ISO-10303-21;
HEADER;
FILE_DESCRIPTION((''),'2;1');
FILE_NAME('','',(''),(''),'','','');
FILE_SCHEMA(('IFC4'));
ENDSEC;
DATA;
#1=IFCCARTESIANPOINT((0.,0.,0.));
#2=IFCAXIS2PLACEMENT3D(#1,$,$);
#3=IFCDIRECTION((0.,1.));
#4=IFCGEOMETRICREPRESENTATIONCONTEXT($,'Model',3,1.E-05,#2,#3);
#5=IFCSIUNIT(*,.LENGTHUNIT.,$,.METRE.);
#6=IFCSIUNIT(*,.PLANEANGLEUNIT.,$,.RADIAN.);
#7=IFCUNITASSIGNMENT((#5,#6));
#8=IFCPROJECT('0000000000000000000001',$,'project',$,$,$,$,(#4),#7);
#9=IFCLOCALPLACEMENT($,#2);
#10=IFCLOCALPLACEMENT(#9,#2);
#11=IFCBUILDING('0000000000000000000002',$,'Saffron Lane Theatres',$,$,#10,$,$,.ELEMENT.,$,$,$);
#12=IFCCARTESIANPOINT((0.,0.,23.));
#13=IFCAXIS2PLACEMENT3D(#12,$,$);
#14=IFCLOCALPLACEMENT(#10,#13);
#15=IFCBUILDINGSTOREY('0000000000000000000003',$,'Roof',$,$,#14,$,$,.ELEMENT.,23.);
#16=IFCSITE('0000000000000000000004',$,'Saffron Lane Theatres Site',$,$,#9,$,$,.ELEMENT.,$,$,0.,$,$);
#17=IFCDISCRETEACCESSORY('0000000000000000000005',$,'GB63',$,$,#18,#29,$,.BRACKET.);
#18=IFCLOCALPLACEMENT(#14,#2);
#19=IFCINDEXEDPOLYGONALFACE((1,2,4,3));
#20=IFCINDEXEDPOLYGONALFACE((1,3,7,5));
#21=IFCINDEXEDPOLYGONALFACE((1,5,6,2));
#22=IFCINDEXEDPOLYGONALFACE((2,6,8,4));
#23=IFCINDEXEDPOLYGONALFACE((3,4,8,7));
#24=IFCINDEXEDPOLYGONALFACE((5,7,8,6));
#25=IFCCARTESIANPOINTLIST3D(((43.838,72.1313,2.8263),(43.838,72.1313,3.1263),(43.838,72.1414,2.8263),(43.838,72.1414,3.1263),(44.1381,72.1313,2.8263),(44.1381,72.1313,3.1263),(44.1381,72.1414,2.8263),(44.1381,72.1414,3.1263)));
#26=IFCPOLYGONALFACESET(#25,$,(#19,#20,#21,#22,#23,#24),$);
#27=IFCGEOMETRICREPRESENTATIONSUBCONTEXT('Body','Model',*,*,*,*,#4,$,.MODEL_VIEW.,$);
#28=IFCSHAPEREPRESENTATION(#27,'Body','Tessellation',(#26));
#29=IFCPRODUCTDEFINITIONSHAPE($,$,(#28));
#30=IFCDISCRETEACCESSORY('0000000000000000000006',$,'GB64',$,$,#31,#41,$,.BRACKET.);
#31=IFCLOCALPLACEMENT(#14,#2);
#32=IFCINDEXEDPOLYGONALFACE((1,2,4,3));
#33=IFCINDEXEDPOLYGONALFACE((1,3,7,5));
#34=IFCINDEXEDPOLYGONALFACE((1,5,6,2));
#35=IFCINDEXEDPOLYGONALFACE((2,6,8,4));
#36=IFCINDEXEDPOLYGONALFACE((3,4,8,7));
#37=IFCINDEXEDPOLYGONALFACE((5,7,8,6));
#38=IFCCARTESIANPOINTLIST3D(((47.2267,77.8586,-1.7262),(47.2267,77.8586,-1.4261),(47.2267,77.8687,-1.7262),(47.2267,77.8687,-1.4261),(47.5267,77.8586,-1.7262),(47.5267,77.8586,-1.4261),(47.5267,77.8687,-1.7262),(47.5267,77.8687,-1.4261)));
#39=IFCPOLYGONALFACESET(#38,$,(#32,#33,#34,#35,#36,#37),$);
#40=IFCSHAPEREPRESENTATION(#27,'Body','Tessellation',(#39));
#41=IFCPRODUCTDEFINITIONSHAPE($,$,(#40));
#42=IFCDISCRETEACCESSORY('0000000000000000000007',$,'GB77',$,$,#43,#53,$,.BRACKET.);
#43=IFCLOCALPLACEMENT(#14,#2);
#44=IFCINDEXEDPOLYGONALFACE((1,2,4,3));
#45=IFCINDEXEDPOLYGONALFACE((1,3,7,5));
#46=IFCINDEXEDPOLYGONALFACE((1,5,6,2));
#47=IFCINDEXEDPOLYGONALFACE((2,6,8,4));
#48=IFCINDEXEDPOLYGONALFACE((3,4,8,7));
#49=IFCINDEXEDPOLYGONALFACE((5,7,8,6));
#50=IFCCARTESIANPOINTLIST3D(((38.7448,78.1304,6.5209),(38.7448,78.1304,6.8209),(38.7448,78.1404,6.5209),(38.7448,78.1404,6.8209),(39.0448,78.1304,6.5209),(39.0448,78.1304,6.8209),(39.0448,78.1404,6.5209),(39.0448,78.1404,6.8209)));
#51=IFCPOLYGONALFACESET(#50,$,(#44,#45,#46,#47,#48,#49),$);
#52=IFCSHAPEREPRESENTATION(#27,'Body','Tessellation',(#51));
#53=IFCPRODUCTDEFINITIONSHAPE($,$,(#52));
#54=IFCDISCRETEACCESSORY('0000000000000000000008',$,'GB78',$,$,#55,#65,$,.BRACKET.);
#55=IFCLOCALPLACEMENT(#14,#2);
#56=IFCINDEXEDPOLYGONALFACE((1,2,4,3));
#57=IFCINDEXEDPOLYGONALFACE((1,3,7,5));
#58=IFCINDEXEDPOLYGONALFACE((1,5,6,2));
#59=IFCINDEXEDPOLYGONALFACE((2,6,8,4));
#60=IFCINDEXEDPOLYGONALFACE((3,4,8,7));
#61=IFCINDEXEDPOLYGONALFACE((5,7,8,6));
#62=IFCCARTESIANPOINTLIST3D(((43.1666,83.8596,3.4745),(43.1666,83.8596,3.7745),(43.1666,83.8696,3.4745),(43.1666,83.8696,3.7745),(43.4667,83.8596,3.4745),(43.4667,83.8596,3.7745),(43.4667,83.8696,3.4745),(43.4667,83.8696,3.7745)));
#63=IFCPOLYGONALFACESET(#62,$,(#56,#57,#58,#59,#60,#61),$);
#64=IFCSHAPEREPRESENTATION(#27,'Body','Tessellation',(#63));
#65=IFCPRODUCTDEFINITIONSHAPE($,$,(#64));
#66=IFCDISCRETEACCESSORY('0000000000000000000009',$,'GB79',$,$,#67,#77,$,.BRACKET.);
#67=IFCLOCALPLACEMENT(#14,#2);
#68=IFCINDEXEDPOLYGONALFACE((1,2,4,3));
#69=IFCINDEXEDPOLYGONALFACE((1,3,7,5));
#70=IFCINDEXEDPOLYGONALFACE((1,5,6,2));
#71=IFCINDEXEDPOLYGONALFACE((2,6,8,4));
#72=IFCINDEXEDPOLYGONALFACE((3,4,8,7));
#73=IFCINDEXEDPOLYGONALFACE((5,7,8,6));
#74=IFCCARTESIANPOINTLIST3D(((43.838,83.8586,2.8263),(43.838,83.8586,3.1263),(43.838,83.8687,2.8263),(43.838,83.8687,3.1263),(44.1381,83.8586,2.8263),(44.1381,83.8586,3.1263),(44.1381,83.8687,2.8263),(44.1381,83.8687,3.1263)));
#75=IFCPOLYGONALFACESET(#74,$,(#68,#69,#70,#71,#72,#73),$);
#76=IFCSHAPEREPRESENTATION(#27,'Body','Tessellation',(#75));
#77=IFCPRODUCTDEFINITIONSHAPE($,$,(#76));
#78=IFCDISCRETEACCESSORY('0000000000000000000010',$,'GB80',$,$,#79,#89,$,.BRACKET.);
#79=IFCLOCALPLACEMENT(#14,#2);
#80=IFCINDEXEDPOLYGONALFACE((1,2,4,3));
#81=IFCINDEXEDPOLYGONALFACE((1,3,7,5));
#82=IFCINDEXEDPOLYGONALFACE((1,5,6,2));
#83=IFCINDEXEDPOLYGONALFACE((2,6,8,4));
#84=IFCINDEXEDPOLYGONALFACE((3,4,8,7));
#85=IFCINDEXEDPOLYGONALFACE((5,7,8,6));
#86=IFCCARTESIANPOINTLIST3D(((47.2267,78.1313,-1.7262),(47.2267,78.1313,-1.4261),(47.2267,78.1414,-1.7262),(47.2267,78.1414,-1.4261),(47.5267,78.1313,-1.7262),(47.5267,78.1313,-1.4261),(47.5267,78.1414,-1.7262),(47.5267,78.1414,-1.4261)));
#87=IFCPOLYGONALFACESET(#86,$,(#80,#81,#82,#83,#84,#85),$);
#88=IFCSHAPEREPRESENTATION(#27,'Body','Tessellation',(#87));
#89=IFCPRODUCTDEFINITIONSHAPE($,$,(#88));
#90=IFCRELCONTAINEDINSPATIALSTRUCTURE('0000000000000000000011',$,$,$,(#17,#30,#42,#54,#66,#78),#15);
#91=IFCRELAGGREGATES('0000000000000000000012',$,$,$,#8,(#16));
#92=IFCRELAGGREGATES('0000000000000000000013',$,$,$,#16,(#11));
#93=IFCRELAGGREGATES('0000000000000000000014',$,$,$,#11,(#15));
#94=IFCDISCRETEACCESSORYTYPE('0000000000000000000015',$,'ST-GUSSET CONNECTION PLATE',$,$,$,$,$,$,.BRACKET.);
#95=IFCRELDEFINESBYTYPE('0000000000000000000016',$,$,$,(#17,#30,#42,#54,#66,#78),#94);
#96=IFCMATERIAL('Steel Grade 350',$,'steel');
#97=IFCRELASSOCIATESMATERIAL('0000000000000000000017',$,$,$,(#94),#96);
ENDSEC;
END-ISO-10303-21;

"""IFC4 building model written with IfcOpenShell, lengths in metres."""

from ifc_helpers import new_model, si_unit, direction, frame, origin, origin_2d, place, context, subcontext, project, spatial, rectangle, extrude, material, material_profile, profile_set, type_object, element, save


model = new_model("IFC4")

# Units and contexts
model_context = context("Model", 3, precision=1e-05, world=origin(), true_north=direction((0.0, 1.0)))
body_context = subcontext(model_context, "Body", "Model", "MODEL_VIEW")
ifc_project = project(units=[si_unit("LENGTHUNIT", "METRE"), si_unit("PLANEANGLEUNIT", "RADIAN")], contexts=[model_context])

# Site, building, storey
site_placement = place(None, origin())
site = spatial("IfcSite", under=ifc_project, at=site_placement, Name="Saffron Lane Theatres Site", CompositionType="ELEMENT", RefElevation=0.0)
building_placement = place(site_placement, origin())
building = spatial("IfcBuilding", under=site, at=building_placement, Name="Saffron Lane Theatres", CompositionType="ELEMENT")
storey_placement = place(building_placement, frame((0.0, 0.0, 23.0)))
storey = spatial("IfcBuildingStorey", under=building, at=storey_placement, Name="Roof", CompositionType="ELEMENT", Elevation=23.0)

# Discrete accessories
ifc_material_1 = material(Name="Steel Grade 350", Category="steel")
ifc_material_profile_1 = material_profile(ifc_material_1, rectangle(XDim=0.3, YDim=0.3, at=origin_2d()))
ifc_profile_set_1 = profile_set([ifc_material_profile_1], Name="Steel Grade 350")
discrete_accessory_type = type_object("IfcDiscreteAccessoryType", Name="ST-GUSSET CONNECTION PLATE", PredefinedType="BRACKET", material=ifc_profile_set_1)
for number, where, z_axis, x_axis, name in (
    (1, (43.988, 72.1313, 2.9763), (0.0, 1.0, 0.0), (-1.0, 0.0, 0.0), "GB63"),
    (2, (47.3767, 77.8687, -1.5762), (0.0, -1.0, 0.0), (1.0, 0.0, 0.0), "GB64"),
    (3, (38.8948, 78.1304, 6.6709), (0.0, 1.0, 0.0), (-1.0, 0.0, 0.0), "GB77"),
    (4, (43.3167, 83.8696, 3.6245), (0.0, -1.0, 0.0), (1.0, 0.0, 0.0), "GB78"),
    (5, (43.988, 83.8687, 2.9763), (0.0, -1.0, 0.0), (1.0, 0.0, 0.0), "GB79"),
    (6, (47.3767, 78.1313, -1.5762), (0.0, 1.0, 0.0), (-1.0, 0.0, 0.0), "GB80"),
):
    element("IfcDiscreteAccessory", number, at=place(storey_placement, frame(where, z_axis=z_axis, x_axis=x_axis)), inside=storey, type_object=discrete_accessory_type, Name=name, PredefinedType="BRACKET", context=body_context, shape_type="SweptSolid", body=[
        extrude(rectangle(XDim=0.3, YDim=0.3, at=origin_2d()), origin(), (0.0, 0.0, 1.0), 0.01),
    ])

save(model, "model.ifc")
